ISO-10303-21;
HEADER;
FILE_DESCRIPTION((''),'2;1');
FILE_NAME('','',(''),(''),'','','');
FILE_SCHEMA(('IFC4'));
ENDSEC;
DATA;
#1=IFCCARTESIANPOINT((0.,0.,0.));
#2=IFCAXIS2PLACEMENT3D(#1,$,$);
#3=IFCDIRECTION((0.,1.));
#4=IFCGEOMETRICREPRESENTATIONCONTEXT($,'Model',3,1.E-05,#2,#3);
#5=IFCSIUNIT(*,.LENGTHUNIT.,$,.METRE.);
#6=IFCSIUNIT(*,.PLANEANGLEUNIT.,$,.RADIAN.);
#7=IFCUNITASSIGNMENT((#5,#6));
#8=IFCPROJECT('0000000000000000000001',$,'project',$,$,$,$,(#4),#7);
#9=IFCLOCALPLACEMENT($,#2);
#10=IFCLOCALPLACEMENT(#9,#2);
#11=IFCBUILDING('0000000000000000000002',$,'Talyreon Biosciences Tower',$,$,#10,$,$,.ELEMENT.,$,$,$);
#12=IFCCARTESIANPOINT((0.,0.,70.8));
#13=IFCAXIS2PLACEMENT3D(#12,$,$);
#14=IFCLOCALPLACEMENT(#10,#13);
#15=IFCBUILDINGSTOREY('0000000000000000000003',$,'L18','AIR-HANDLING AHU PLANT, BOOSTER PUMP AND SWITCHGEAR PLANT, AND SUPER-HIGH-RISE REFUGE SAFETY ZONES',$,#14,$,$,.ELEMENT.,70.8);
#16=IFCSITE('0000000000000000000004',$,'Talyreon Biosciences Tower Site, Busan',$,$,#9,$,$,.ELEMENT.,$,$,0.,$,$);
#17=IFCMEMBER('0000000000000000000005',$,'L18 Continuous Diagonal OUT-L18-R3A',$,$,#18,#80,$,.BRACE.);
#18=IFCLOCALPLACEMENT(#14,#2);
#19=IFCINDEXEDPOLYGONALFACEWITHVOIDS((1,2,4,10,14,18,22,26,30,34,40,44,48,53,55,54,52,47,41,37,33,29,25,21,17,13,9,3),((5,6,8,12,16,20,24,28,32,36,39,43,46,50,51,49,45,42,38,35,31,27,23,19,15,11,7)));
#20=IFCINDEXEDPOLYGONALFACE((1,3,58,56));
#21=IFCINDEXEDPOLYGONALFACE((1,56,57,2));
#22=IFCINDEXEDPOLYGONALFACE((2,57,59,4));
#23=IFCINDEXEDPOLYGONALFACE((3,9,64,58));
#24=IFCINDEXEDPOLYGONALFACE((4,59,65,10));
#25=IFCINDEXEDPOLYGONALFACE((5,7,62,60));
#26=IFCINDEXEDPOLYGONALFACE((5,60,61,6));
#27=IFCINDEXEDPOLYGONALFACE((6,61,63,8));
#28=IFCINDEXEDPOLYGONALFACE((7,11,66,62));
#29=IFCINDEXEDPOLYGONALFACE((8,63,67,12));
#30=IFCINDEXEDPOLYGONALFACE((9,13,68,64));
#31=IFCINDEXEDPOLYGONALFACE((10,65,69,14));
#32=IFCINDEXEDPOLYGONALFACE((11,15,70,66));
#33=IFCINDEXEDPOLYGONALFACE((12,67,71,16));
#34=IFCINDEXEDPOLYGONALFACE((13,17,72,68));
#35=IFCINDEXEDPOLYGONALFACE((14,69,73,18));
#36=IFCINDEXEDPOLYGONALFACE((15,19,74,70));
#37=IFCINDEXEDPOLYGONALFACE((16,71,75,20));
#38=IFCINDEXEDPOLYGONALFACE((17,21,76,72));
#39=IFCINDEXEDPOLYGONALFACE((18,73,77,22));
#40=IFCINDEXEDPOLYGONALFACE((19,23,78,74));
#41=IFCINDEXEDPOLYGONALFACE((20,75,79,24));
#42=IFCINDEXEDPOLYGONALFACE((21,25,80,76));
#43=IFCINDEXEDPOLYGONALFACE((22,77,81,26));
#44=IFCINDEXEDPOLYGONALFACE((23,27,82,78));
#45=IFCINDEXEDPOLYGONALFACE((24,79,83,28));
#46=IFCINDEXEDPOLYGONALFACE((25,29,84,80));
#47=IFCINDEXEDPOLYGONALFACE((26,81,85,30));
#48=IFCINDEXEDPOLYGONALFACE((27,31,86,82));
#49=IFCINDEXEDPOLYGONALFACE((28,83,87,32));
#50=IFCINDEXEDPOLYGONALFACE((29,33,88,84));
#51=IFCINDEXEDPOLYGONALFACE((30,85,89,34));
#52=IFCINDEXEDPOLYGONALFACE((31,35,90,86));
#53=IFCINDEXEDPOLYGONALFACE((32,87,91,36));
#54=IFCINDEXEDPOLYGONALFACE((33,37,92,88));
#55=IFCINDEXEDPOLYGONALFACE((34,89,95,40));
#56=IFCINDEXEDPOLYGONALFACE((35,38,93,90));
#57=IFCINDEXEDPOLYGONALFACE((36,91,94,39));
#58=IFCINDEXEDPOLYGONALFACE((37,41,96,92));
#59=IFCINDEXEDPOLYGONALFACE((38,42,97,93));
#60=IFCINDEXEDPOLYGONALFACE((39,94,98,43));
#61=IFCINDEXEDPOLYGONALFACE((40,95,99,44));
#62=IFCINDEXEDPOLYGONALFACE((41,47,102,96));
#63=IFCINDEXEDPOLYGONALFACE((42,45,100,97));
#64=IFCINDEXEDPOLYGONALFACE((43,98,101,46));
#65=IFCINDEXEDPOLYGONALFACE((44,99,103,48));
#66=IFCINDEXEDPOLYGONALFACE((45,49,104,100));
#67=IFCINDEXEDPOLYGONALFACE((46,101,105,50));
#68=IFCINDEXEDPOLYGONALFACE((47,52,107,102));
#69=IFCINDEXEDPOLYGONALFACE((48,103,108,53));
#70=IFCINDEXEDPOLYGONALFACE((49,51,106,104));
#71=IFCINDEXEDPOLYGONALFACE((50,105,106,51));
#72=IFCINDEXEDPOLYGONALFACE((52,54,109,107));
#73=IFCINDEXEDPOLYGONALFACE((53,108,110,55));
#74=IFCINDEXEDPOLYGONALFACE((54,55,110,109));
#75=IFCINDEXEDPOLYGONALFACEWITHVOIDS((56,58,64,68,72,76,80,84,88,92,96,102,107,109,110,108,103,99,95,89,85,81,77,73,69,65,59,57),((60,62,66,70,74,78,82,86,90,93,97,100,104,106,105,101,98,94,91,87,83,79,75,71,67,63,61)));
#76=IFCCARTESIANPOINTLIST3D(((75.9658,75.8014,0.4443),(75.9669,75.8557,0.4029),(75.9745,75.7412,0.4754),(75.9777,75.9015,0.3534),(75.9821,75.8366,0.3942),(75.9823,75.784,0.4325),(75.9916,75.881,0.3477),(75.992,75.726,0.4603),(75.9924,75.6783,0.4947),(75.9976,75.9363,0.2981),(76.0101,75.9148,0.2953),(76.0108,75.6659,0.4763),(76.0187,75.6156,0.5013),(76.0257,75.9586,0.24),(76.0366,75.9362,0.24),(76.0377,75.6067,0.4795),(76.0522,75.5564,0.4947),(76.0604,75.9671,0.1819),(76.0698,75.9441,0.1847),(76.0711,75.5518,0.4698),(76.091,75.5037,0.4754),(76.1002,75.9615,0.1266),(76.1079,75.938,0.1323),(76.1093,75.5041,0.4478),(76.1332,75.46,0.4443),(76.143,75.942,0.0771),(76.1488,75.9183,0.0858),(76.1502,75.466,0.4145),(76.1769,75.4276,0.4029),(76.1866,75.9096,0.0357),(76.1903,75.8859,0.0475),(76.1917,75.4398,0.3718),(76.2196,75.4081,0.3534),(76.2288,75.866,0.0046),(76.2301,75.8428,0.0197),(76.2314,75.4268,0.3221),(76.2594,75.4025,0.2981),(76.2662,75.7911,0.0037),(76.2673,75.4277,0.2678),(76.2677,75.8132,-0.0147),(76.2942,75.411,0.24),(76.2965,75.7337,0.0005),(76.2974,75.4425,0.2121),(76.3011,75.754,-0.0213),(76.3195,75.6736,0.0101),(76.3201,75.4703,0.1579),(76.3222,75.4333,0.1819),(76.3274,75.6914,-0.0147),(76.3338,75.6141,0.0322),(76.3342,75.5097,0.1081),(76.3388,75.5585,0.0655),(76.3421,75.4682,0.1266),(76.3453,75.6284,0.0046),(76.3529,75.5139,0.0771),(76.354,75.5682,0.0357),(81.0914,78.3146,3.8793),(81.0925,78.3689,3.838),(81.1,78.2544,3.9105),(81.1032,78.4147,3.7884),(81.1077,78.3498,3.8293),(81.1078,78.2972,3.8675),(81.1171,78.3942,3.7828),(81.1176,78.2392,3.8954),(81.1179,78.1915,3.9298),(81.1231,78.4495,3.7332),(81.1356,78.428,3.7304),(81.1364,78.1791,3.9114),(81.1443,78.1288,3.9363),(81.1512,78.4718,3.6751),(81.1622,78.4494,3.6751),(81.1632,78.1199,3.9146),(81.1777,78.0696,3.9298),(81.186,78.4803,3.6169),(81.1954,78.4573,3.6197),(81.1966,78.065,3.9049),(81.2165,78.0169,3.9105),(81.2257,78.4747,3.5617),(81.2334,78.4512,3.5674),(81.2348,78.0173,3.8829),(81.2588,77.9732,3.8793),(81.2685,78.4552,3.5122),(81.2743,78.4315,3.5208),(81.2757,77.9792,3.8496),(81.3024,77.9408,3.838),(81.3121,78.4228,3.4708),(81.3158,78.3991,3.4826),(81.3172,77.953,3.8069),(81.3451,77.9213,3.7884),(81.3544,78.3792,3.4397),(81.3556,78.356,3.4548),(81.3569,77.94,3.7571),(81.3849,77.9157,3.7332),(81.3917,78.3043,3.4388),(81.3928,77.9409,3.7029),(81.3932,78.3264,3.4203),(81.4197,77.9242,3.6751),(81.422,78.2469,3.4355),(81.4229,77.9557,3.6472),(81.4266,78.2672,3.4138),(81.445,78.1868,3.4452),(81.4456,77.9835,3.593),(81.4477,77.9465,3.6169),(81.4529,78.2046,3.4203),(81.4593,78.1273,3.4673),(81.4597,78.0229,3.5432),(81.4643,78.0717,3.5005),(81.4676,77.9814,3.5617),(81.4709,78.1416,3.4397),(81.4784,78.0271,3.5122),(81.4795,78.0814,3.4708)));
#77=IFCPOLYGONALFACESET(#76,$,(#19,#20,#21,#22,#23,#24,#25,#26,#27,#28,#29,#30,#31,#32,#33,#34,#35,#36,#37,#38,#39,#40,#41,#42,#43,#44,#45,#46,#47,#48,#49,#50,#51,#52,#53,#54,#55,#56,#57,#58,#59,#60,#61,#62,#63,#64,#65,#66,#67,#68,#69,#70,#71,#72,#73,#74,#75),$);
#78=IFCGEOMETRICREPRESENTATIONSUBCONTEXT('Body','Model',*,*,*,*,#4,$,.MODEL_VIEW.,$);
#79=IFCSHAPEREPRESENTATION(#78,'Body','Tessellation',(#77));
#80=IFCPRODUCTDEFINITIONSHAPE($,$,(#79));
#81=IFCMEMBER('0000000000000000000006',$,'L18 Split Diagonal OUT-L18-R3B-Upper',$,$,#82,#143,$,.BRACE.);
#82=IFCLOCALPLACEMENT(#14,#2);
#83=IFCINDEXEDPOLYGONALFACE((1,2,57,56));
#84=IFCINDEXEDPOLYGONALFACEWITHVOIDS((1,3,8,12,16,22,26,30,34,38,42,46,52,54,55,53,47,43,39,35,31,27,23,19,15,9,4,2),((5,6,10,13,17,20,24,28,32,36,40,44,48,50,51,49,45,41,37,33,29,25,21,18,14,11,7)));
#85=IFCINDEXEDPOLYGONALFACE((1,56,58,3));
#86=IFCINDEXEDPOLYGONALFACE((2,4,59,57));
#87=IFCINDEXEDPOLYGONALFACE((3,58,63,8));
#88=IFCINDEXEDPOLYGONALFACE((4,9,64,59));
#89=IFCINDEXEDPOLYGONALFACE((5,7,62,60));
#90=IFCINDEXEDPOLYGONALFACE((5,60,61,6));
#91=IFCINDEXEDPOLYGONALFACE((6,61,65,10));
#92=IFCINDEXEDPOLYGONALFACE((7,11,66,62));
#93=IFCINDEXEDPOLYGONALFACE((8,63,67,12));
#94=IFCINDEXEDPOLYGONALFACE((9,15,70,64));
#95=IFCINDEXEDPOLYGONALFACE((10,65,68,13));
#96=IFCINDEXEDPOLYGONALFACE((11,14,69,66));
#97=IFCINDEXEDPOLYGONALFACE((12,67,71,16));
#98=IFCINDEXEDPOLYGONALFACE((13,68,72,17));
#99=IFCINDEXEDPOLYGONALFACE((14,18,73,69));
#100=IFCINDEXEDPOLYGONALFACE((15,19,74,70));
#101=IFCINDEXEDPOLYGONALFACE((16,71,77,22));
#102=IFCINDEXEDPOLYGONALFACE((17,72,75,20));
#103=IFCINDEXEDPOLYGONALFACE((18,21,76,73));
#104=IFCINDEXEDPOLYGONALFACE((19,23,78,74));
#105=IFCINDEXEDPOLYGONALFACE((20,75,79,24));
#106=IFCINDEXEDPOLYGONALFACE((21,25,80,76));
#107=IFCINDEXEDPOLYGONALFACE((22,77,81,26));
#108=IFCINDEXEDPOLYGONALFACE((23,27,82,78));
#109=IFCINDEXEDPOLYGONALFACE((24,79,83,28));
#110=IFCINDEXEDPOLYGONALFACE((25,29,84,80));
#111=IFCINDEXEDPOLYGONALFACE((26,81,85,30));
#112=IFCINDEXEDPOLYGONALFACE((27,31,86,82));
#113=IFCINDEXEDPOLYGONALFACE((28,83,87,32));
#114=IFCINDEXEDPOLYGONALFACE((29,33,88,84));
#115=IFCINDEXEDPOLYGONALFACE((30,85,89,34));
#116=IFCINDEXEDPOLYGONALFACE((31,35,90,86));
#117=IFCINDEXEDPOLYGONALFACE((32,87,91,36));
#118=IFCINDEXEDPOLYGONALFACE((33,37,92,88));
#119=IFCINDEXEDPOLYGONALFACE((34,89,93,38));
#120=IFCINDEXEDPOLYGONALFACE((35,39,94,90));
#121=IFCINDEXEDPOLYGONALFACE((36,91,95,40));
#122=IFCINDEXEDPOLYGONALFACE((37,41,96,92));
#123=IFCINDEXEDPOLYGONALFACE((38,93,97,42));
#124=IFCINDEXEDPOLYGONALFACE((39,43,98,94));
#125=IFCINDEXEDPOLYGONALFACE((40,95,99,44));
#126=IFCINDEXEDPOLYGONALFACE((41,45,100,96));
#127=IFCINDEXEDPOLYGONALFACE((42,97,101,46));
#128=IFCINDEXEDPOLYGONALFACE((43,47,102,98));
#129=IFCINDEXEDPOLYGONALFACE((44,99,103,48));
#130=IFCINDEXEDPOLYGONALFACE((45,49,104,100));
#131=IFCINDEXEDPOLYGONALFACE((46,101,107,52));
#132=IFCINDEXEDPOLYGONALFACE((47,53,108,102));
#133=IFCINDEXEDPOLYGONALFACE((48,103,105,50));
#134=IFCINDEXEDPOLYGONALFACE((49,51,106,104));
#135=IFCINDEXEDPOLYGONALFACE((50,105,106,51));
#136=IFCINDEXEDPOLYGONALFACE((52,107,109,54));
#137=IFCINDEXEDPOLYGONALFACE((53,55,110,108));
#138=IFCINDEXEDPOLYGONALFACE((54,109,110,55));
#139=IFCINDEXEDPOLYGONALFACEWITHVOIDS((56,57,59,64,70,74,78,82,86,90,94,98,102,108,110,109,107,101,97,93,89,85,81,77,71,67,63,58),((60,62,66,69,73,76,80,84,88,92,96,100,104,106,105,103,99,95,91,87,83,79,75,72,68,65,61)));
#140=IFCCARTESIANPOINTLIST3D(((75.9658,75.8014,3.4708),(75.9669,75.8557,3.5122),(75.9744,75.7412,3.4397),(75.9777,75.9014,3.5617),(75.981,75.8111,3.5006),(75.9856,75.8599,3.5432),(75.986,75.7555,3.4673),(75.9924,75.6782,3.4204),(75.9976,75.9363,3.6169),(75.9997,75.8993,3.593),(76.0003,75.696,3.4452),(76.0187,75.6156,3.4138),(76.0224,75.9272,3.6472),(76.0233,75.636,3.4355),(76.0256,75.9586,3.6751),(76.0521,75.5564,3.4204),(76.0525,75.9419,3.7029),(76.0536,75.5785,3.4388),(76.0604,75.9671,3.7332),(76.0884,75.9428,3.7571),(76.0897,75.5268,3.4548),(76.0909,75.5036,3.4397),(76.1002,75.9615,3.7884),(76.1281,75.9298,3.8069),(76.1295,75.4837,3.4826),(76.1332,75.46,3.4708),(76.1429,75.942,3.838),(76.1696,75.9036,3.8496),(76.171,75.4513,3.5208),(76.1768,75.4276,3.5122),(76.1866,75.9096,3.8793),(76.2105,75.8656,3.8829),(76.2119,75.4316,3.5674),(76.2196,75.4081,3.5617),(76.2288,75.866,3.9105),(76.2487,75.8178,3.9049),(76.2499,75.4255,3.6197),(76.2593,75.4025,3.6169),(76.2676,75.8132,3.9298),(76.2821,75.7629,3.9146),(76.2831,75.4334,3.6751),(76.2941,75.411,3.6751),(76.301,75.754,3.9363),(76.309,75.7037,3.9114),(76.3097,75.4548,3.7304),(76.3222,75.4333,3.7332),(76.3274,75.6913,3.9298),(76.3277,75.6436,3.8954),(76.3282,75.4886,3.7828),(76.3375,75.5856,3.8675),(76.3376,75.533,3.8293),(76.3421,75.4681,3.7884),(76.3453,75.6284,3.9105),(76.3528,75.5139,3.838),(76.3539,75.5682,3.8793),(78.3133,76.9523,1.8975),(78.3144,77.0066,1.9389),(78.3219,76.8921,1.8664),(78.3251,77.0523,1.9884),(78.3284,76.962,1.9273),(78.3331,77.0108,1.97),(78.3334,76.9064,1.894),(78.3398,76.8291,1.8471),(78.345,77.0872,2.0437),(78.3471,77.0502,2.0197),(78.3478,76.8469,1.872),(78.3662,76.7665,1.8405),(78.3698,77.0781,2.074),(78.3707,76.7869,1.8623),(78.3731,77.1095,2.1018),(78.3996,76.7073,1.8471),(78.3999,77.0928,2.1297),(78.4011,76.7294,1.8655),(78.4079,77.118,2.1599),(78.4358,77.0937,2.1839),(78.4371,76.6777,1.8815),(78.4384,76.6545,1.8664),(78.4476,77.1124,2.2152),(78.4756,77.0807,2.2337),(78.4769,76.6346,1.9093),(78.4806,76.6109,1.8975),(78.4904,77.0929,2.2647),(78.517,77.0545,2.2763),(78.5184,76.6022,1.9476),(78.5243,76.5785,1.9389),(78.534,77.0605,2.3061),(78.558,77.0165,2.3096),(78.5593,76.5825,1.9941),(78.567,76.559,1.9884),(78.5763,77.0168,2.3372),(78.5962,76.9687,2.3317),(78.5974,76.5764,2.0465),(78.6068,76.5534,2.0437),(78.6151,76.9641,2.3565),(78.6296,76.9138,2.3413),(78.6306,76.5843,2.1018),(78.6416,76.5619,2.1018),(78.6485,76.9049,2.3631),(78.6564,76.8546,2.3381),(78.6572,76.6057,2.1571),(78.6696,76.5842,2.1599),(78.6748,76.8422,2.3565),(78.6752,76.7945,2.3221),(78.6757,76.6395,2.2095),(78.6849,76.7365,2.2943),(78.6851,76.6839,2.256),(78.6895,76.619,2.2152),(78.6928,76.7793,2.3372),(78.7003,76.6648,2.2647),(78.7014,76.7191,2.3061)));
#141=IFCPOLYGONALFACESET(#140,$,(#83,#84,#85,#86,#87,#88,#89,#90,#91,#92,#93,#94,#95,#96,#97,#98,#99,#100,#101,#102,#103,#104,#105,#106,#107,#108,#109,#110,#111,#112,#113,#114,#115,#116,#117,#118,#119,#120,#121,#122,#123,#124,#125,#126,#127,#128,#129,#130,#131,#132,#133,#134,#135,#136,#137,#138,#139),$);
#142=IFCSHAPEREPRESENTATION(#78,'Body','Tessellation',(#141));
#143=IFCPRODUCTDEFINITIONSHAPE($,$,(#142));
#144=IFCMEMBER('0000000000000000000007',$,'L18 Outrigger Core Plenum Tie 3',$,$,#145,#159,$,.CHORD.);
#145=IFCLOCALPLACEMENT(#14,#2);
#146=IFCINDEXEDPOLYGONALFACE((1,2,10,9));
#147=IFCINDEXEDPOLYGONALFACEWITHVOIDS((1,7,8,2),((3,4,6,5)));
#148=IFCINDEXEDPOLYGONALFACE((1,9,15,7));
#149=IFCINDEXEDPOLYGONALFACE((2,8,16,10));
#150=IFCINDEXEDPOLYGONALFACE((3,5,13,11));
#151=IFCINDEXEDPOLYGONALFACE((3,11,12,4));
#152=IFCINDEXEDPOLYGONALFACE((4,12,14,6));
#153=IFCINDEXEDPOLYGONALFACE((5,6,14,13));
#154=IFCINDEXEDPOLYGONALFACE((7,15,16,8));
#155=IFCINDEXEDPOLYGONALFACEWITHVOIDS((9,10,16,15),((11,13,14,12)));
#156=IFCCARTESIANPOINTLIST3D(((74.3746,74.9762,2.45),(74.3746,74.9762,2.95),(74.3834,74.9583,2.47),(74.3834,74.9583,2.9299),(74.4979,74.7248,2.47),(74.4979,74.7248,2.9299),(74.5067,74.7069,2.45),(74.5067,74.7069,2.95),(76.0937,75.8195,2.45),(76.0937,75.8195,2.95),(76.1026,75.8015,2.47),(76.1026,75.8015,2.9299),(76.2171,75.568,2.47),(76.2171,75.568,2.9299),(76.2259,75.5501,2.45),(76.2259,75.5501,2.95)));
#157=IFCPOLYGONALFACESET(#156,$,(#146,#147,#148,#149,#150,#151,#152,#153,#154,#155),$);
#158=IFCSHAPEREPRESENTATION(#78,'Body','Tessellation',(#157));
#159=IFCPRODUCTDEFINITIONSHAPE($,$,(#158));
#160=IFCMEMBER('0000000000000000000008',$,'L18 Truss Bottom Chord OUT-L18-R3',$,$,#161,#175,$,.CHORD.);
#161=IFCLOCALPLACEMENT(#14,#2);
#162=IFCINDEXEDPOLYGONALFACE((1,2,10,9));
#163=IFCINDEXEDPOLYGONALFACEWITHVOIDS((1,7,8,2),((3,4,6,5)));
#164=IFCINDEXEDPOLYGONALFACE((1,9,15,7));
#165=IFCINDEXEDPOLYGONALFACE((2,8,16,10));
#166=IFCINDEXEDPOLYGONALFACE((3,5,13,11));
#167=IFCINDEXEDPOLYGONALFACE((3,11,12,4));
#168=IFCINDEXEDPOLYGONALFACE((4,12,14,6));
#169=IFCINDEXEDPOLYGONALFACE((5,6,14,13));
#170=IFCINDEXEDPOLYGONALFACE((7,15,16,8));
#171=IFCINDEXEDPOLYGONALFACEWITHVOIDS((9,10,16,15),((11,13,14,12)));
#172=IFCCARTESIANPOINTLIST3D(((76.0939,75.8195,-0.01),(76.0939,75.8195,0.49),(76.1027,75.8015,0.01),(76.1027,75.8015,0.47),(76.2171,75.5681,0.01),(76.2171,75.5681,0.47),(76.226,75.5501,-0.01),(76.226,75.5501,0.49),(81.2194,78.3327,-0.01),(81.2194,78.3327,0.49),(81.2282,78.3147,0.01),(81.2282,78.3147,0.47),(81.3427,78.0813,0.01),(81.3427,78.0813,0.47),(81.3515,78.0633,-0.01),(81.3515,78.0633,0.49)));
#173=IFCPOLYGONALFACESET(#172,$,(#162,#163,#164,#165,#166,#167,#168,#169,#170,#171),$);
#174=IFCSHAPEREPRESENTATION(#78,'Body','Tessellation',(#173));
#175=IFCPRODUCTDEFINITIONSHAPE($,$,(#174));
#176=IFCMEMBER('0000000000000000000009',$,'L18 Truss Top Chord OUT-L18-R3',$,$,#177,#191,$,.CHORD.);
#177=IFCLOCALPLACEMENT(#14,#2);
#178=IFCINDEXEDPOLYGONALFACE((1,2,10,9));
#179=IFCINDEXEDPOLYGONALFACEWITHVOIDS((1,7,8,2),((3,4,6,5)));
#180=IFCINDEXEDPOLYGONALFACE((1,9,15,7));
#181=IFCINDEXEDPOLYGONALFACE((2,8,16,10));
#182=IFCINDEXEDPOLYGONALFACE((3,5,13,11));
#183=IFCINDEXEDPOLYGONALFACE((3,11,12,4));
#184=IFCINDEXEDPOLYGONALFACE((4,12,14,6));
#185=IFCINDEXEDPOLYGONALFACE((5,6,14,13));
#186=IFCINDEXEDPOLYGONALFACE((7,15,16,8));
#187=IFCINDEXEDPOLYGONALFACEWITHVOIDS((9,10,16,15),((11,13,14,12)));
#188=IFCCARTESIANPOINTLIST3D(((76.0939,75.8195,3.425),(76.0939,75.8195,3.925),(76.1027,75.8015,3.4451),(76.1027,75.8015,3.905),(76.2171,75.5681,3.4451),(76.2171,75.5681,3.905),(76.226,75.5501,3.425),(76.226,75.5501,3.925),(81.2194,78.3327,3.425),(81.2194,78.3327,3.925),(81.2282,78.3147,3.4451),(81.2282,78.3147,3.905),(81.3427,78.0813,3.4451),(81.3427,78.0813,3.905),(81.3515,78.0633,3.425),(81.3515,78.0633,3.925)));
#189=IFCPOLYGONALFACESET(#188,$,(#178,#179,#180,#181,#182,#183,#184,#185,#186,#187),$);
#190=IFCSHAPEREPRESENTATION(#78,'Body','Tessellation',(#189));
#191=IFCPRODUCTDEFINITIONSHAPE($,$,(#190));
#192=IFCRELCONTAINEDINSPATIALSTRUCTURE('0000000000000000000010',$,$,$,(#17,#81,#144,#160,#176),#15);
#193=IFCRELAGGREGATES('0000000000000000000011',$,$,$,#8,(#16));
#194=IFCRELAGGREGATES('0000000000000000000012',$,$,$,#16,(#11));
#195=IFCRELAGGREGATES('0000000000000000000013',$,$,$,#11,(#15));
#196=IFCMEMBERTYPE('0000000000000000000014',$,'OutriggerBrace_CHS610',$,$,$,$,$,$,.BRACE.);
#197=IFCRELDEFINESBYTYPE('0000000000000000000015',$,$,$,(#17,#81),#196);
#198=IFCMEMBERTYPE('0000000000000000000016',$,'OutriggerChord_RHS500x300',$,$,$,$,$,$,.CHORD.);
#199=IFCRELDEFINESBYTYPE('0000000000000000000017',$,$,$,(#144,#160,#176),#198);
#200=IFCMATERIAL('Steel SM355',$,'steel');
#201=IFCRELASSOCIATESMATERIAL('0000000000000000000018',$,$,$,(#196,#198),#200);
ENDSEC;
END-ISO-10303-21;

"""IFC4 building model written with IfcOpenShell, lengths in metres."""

from ifc_helpers import new_model, si_unit, direction, frame, origin, origin_2d, place, context, subcontext, project, spatial, hollow_rectangle, hollow_circle, extrude, material, material_profile, profile_set, type_object, element, save


model = new_model("IFC4")

# Units and contexts
model_context = context("Model", 3, precision=1e-05, world=origin(), true_north=direction((0.0, 1.0)))
body_context = subcontext(model_context, "Body", "Model", "MODEL_VIEW")
ifc_project = project(units=[si_unit("LENGTHUNIT", "METRE"), si_unit("PLANEANGLEUNIT", "RADIAN")], contexts=[model_context])

# Site, building, storey
site_placement = place(None, origin())
site = spatial("IfcSite", under=ifc_project, at=site_placement, Name="Talyreon Biosciences Tower Site, Busan", CompositionType="ELEMENT", RefElevation=0.0)
building_placement = place(site_placement, origin())
building = spatial("IfcBuilding", under=site, at=building_placement, Name="Talyreon Biosciences Tower", CompositionType="ELEMENT")
storey_placement = place(building_placement, frame((0.0, 0.0, 70.8)))
storey = spatial("IfcBuildingStorey", under=building, at=storey_placement, Name="L18", Description="AIR-HANDLING AHU PLANT, BOOSTER PUMP AND SWITCHGEAR PLANT, AND SUPER-HIGH-RISE REFUGE SAFETY ZONES", CompositionType="ELEMENT", Elevation=70.8)

# Shared definitions
ifc_material_1 = material(Name="Steel SM355", Category="steel")

# Members
ifc_material_profile_1 = material_profile(ifc_material_1, hollow_circle(Radius=0.3049, WallThickness=0.0249, at=origin_2d()), Name="CHS 610x25")
ifc_profile_set_1 = profile_set([ifc_material_profile_1], Name="Steel SM355")
member_type_1 = type_object("IfcMemberType", Name="OutriggerBrace_CHS610", PredefinedType="BRACE", material=ifc_profile_set_1)
member_1_placement = place(storey_placement, frame((76.1599, 75.6848, 0.24), z_axis=(0.769326, 0.377224, 0.515596), x_axis=(-0.440255, 0.897873, 0.0)))
element("IfcMember", 1, at=member_1_placement, inside=storey, type_object=member_type_1, Name="L18 Continuous Diagonal OUT-L18-R3A", PredefinedType="BRACE", context=body_context, shape_type="SweptSolid", body=[
    extrude(hollow_circle(Radius=0.3049, WallThickness=0.0249, at=origin_2d()), origin(), (0.0, 0.0, 1.0), 6.6624),
])
member_2_placement = place(storey_placement, frame((78.5073, 76.8357, 2.1018), z_axis=(-0.769335, -0.377186, 0.51561), x_axis=(0.440215, -0.897892, 0.0)))
element("IfcMember", 2, at=member_2_placement, inside=storey, type_object=member_type_1, Name="L18 Split Diagonal OUT-L18-R3B-Upper", PredefinedType="BRACE", context=body_context, shape_type="SweptSolid", body=[
    extrude(hollow_circle(Radius=0.3049, WallThickness=0.0249, at=origin_2d()), origin(), (0.0, 0.0, 1.0), 3.0513),
])
ifc_material_profile_2 = material_profile(ifc_material_1, hollow_rectangle(XDim=0.3, YDim=0.5, WallThickness=0.02, at=origin_2d()), Name="RHS 500x300x20")
ifc_profile_set_2 = profile_set([ifc_material_profile_2], Name="Steel SM355")
member_type_2 = type_object("IfcMemberType", Name="OutriggerChord_RHS500x300", PredefinedType="CHORD", material=ifc_profile_set_2)
member_3_placement = place(storey_placement, frame((74.4407, 74.8416, 2.7), z_axis=(0.897818, 0.440367, 0.0), x_axis=(-0.440367, 0.897818, 0.0)))
element("IfcMember", 3, at=member_3_placement, inside=storey, type_object=member_type_2, Name="L18 Outrigger Core Plenum Tie 3", PredefinedType="CHORD", context=body_context, shape_type="SweptSolid", body=[
    extrude(hollow_rectangle(XDim=0.3, YDim=0.5, WallThickness=0.02, at=origin_2d()), origin(), (0.0, 0.0, 1.0), 1.9148),
])
for number, where, z_axis, x_axis, name in (
    (4, (76.1599, 75.6848, 0.24), (0.897873, 0.440255, 0.0), (-0.440255, 0.897873, 0.0), "L18 Truss Bottom Chord OUT-L18-R3"),
    (5, (76.1599, 75.6848, 3.675), (0.897873, 0.440255, 0.0), (-0.440255, 0.897873, 0.0), "L18 Truss Top Chord OUT-L18-R3"),
):
    element("IfcMember", number, at=place(storey_placement, frame(where, z_axis=z_axis, x_axis=x_axis)), inside=storey, type_object=member_type_2, Name=name, PredefinedType="CHORD", context=body_context, shape_type="SweptSolid", body=[
        extrude(hollow_rectangle(XDim=0.3, YDim=0.5, WallThickness=0.02, at=origin_2d()), origin(), (0.0, 0.0, 1.0), 5.7085),
    ])

save(model, "model.ifc")
